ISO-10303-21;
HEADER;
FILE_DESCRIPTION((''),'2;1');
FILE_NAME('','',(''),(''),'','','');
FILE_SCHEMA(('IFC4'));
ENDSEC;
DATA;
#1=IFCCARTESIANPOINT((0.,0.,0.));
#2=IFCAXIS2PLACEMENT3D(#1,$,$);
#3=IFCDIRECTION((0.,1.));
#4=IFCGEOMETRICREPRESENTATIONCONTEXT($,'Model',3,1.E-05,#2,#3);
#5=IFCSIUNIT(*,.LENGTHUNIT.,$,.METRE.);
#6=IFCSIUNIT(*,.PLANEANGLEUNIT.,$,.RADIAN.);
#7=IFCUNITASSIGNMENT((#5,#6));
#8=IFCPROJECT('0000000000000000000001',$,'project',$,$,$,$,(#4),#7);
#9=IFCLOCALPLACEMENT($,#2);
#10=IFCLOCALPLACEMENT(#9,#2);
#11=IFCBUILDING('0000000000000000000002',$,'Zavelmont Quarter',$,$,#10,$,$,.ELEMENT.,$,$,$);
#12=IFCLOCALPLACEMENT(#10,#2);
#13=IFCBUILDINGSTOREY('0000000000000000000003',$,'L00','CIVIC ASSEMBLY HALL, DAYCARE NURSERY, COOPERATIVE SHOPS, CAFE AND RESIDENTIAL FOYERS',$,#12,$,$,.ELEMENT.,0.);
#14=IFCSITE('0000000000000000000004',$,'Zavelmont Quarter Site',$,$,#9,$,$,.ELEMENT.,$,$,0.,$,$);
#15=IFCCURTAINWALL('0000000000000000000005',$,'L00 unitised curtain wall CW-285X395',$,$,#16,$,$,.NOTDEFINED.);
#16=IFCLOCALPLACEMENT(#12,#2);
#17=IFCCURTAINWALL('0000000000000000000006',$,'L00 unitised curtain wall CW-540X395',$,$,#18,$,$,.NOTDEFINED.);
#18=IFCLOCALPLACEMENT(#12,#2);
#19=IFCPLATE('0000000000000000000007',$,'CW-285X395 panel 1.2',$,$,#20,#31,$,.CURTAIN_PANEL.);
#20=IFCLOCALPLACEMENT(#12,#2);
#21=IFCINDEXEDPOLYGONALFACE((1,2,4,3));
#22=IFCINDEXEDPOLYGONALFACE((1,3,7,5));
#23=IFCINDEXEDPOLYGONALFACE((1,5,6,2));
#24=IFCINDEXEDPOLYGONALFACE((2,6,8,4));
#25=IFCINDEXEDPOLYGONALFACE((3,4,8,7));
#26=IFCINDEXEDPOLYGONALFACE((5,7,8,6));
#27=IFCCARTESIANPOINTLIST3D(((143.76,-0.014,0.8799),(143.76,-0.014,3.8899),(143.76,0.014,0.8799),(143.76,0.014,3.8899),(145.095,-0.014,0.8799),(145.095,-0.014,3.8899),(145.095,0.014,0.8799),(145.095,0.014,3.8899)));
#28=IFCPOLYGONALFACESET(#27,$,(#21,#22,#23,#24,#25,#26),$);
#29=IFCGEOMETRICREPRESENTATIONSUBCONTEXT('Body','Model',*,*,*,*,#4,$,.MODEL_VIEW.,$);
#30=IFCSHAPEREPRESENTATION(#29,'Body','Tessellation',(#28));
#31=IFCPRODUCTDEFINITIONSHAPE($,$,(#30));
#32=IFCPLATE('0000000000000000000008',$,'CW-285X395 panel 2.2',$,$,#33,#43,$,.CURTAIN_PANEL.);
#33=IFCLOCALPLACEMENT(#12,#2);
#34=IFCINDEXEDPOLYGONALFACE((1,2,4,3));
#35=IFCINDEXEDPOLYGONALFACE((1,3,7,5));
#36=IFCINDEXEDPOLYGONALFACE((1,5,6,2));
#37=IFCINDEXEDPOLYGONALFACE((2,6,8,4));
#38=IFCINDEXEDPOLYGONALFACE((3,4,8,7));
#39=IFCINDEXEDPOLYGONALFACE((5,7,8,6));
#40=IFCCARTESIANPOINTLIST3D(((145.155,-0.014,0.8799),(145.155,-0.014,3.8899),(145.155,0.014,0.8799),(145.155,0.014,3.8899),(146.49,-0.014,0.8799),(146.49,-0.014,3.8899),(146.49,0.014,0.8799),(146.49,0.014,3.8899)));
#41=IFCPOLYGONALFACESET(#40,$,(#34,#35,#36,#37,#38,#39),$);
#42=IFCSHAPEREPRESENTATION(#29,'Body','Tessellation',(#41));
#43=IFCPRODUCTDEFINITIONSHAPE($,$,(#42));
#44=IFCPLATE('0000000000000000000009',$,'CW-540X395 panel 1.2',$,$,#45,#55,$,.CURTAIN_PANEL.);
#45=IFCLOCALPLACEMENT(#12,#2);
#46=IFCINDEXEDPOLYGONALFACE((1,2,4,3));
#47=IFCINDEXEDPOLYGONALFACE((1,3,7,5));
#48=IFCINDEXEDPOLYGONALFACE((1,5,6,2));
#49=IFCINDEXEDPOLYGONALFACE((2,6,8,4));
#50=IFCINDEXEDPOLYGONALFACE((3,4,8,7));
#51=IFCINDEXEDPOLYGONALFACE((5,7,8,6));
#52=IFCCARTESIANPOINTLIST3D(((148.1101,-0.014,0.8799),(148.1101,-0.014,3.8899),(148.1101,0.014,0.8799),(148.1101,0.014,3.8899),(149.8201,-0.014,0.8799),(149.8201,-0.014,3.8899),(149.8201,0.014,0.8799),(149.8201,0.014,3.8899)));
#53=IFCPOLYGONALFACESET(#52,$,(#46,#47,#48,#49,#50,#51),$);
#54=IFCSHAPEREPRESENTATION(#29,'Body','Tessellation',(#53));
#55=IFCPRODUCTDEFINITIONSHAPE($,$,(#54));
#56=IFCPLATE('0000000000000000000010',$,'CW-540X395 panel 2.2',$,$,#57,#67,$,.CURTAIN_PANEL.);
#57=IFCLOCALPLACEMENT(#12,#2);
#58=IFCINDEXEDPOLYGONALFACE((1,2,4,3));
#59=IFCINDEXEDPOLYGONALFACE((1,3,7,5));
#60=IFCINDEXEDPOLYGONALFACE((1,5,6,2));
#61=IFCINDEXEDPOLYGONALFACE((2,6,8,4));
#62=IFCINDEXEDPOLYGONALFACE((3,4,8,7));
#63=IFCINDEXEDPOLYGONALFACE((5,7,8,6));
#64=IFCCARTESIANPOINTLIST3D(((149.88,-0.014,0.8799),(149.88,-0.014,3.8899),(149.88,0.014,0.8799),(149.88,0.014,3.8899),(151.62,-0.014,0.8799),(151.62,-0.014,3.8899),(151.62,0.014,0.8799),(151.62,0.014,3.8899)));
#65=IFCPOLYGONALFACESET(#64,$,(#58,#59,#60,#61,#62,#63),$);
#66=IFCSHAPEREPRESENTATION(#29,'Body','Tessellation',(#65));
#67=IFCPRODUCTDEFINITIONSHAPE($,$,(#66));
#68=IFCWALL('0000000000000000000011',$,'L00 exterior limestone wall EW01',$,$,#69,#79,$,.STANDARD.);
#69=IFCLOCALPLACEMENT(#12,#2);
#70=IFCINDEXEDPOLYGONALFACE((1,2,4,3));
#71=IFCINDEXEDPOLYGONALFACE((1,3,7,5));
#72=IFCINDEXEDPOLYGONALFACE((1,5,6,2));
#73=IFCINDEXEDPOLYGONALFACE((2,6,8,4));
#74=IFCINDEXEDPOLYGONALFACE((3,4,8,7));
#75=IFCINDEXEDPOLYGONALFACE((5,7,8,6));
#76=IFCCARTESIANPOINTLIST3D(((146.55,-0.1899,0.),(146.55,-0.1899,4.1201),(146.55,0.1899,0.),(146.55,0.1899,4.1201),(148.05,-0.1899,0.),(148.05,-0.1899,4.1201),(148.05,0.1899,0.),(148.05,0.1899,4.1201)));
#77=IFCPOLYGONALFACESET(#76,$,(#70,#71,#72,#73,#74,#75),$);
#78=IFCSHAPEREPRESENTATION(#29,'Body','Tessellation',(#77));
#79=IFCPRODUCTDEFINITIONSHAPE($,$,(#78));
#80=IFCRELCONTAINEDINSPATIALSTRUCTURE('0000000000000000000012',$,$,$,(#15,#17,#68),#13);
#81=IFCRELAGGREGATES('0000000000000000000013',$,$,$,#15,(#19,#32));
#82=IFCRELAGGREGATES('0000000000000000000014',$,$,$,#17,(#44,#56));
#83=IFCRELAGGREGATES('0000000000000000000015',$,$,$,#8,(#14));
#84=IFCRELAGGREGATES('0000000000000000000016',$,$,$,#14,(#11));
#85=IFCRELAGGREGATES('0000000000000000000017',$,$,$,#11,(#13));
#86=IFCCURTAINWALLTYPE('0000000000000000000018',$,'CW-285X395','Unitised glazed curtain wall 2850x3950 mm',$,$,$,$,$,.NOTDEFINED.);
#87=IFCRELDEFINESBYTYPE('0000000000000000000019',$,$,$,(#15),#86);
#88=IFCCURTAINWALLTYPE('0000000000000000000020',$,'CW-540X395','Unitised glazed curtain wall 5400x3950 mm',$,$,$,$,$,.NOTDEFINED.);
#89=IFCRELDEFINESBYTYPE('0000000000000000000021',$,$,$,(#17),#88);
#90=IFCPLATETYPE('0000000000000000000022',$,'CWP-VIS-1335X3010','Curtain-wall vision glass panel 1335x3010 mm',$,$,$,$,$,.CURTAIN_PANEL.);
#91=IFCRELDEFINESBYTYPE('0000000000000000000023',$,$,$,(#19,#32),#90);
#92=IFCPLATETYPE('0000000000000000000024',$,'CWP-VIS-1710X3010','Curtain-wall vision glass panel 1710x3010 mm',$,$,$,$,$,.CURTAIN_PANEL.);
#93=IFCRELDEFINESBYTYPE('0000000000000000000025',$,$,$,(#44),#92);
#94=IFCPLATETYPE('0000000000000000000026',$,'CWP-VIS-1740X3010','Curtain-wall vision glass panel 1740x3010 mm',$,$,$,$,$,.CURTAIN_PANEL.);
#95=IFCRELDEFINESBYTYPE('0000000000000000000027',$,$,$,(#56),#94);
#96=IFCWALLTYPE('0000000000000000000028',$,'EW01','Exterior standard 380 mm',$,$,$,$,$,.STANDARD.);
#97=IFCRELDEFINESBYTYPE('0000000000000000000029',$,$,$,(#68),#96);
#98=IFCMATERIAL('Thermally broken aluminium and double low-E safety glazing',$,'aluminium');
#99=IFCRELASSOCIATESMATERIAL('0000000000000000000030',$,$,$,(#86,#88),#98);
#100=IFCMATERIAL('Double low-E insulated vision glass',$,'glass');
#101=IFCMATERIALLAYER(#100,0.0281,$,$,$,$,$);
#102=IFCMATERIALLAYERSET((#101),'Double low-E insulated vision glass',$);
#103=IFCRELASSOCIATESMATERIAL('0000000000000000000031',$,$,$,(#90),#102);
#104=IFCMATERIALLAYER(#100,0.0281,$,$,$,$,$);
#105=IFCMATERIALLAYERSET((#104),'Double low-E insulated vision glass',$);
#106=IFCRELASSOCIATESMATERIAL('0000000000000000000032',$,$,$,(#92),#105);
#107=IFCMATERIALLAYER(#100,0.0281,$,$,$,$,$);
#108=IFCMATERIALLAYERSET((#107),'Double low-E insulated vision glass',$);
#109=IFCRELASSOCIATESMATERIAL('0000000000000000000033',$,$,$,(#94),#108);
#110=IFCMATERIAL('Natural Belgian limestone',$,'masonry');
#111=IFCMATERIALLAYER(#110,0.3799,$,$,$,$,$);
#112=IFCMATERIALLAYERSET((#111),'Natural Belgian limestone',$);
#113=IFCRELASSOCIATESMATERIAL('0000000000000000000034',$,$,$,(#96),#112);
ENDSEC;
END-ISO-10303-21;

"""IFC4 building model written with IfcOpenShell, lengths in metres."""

from ifc_helpers import new_model, si_unit, direction, frame, frame_2d, origin, origin_2d, place, context, subcontext, project, spatial, rectangle, extrude, material, layer, layer_set, type_object, element, aggregate, save


model = new_model("IFC4")

# Units and contexts
model_context = context("Model", 3, precision=1e-05, world=origin(), true_north=direction((0.0, 1.0)))
body_context = subcontext(model_context, "Body", "Model", "MODEL_VIEW")
ifc_project = project(units=[si_unit("LENGTHUNIT", "METRE"), si_unit("PLANEANGLEUNIT", "RADIAN")], contexts=[model_context])

# Site, building, storey
site_placement = place(None, origin())
site = spatial("IfcSite", under=ifc_project, at=site_placement, Name="Zavelmont Quarter Site", CompositionType="ELEMENT", RefElevation=0.0)
building_placement = place(site_placement, origin())
building = spatial("IfcBuilding", under=site, at=building_placement, Name="Zavelmont Quarter", CompositionType="ELEMENT")
storey_placement = place(building_placement, origin())
storey = spatial("IfcBuildingStorey", under=building, at=storey_placement, Name="L00", Description="CIVIC ASSEMBLY HALL, DAYCARE NURSERY, COOPERATIVE SHOPS, CAFE AND RESIDENTIAL FOYERS", CompositionType="ELEMENT", Elevation=0.0)

# Curtain walls
ifc_material_1 = material(Name="Thermally broken aluminium and double low-E safety glazing", Category="aluminium")
curtain_wall_type_1 = type_object("IfcCurtainWallType", Name="CW-285X395", Description="Unitised glazed curtain wall 2850x3950 mm", PredefinedType="NOTDEFINED", material=ifc_material_1)
curtain_wall_1_placement = place(storey_placement, origin())
curtain_wall_1 = element("IfcCurtainWall", 1, at=curtain_wall_1_placement, inside=storey, type_object=curtain_wall_type_1, Name="L00 unitised curtain wall CW-285X395", PredefinedType="NOTDEFINED")
curtain_wall_type_2 = type_object("IfcCurtainWallType", Name="CW-540X395", Description="Unitised glazed curtain wall 5400x3950 mm", PredefinedType="NOTDEFINED", material=ifc_material_1)
curtain_wall_2_placement = place(storey_placement, origin())
curtain_wall_2 = element("IfcCurtainWall", 2, at=curtain_wall_2_placement, inside=storey, type_object=curtain_wall_type_2, Name="L00 unitised curtain wall CW-540X395", PredefinedType="NOTDEFINED")

# Plates
ifc_material_2 = material(Name="Double low-E insulated vision glass", Category="glass")
ifc_layer_1 = layer(ifc_material_2, 0.0281)
ifc_layer_set_1 = layer_set([ifc_layer_1], Name="Double low-E insulated vision glass")
plate_type_1 = type_object("IfcPlateType", Name="CWP-VIS-1335X3010", Description="Curtain-wall vision glass panel 1335x3010 mm", PredefinedType="CURTAIN_PANEL", material=ifc_layer_set_1)
plate_1_placement = place(storey_placement, frame((144.4275, 0.0, 0.8799), z_axis=(0.0, 0.0, 1.0), x_axis=(1.0, 0.0, 0.0)))
plate_1 = element("IfcPlate", 3, at=plate_1_placement, type_object=plate_type_1, Name="CW-285X395 panel 1.2", PredefinedType="CURTAIN_PANEL", context=body_context, shape_type="SweptSolid", body=[
    extrude(rectangle(XDim=1.335, YDim=0.0281, at=origin_2d()), origin(), (0.0, 0.0, 1.0), 3.01),
])
plate_2_placement = place(storey_placement, frame((145.8225, 0.0, 0.8799), z_axis=(0.0, 0.0, 1.0), x_axis=(1.0, 0.0, 0.0)))
plate_2 = element("IfcPlate", 4, at=plate_2_placement, type_object=plate_type_1, Name="CW-285X395 panel 2.2", PredefinedType="CURTAIN_PANEL", context=body_context, shape_type="SweptSolid", body=[
    extrude(rectangle(XDim=1.335, YDim=0.0281, at=origin_2d()), origin(), (0.0, 0.0, 1.0), 3.01),
])
aggregate(curtain_wall_1, [plate_1, plate_2])
ifc_layer_2 = layer(ifc_material_2, 0.0281)
ifc_layer_set_2 = layer_set([ifc_layer_2], Name="Double low-E insulated vision glass")
plate_type_2 = type_object("IfcPlateType", Name="CWP-VIS-1710X3010", Description="Curtain-wall vision glass panel 1710x3010 mm", PredefinedType="CURTAIN_PANEL", material=ifc_layer_set_2)
plate_3_placement = place(storey_placement, frame((148.9651, 0.0, 0.8799), z_axis=(0.0, 0.0, 1.0), x_axis=(1.0, 0.0, 0.0)))
plate_3 = element("IfcPlate", 5, at=plate_3_placement, type_object=plate_type_2, Name="CW-540X395 panel 1.2", PredefinedType="CURTAIN_PANEL", context=body_context, shape_type="SweptSolid", body=[
    extrude(rectangle(XDim=1.71, YDim=0.0281, at=origin_2d()), origin(), (0.0, 0.0, 1.0), 3.01),
])
ifc_layer_3 = layer(ifc_material_2, 0.0281)
ifc_layer_set_3 = layer_set([ifc_layer_3], Name="Double low-E insulated vision glass")
plate_type_3 = type_object("IfcPlateType", Name="CWP-VIS-1740X3010", Description="Curtain-wall vision glass panel 1740x3010 mm", PredefinedType="CURTAIN_PANEL", material=ifc_layer_set_3)
plate_4_placement = place(storey_placement, frame((150.75, 0.0, 0.8799), z_axis=(0.0, 0.0, 1.0), x_axis=(1.0, 0.0, 0.0)))
plate_4 = element("IfcPlate", 6, at=plate_4_placement, type_object=plate_type_3, Name="CW-540X395 panel 2.2", PredefinedType="CURTAIN_PANEL", context=body_context, shape_type="SweptSolid", body=[
    extrude(rectangle(XDim=1.74, YDim=0.0281, at=origin_2d()), origin(), (0.0, 0.0, 1.0), 3.01),
])
aggregate(curtain_wall_2, [plate_3, plate_4])

# Wall
ifc_material_3 = material(Name="Natural Belgian limestone", Category="masonry")
ifc_layer_4 = layer(ifc_material_3, 0.3799)
ifc_layer_set_4 = layer_set([ifc_layer_4], Name="Natural Belgian limestone")
wall_type = type_object("IfcWallType", Name="EW01", Description="Exterior standard 380 mm", PredefinedType="STANDARD", material=ifc_layer_set_4)
wall_placement = place(storey_placement, frame((146.55, 0.0, 0.0), z_axis=(0.0, 0.0, 1.0), x_axis=(1.0, 0.0, 0.0)))
element("IfcWall", 7, at=wall_placement, inside=storey, type_object=wall_type, Name="L00 exterior limestone wall EW01", PredefinedType="STANDARD", context=body_context, shape_type="SweptSolid", body=[
    extrude(rectangle(XDim=1.5, YDim=0.3799, at=frame_2d((0.75, 0.0))), origin(), (0.0, 0.0, 1.0), 4.1201),
])

save(model, "model.ifc")
